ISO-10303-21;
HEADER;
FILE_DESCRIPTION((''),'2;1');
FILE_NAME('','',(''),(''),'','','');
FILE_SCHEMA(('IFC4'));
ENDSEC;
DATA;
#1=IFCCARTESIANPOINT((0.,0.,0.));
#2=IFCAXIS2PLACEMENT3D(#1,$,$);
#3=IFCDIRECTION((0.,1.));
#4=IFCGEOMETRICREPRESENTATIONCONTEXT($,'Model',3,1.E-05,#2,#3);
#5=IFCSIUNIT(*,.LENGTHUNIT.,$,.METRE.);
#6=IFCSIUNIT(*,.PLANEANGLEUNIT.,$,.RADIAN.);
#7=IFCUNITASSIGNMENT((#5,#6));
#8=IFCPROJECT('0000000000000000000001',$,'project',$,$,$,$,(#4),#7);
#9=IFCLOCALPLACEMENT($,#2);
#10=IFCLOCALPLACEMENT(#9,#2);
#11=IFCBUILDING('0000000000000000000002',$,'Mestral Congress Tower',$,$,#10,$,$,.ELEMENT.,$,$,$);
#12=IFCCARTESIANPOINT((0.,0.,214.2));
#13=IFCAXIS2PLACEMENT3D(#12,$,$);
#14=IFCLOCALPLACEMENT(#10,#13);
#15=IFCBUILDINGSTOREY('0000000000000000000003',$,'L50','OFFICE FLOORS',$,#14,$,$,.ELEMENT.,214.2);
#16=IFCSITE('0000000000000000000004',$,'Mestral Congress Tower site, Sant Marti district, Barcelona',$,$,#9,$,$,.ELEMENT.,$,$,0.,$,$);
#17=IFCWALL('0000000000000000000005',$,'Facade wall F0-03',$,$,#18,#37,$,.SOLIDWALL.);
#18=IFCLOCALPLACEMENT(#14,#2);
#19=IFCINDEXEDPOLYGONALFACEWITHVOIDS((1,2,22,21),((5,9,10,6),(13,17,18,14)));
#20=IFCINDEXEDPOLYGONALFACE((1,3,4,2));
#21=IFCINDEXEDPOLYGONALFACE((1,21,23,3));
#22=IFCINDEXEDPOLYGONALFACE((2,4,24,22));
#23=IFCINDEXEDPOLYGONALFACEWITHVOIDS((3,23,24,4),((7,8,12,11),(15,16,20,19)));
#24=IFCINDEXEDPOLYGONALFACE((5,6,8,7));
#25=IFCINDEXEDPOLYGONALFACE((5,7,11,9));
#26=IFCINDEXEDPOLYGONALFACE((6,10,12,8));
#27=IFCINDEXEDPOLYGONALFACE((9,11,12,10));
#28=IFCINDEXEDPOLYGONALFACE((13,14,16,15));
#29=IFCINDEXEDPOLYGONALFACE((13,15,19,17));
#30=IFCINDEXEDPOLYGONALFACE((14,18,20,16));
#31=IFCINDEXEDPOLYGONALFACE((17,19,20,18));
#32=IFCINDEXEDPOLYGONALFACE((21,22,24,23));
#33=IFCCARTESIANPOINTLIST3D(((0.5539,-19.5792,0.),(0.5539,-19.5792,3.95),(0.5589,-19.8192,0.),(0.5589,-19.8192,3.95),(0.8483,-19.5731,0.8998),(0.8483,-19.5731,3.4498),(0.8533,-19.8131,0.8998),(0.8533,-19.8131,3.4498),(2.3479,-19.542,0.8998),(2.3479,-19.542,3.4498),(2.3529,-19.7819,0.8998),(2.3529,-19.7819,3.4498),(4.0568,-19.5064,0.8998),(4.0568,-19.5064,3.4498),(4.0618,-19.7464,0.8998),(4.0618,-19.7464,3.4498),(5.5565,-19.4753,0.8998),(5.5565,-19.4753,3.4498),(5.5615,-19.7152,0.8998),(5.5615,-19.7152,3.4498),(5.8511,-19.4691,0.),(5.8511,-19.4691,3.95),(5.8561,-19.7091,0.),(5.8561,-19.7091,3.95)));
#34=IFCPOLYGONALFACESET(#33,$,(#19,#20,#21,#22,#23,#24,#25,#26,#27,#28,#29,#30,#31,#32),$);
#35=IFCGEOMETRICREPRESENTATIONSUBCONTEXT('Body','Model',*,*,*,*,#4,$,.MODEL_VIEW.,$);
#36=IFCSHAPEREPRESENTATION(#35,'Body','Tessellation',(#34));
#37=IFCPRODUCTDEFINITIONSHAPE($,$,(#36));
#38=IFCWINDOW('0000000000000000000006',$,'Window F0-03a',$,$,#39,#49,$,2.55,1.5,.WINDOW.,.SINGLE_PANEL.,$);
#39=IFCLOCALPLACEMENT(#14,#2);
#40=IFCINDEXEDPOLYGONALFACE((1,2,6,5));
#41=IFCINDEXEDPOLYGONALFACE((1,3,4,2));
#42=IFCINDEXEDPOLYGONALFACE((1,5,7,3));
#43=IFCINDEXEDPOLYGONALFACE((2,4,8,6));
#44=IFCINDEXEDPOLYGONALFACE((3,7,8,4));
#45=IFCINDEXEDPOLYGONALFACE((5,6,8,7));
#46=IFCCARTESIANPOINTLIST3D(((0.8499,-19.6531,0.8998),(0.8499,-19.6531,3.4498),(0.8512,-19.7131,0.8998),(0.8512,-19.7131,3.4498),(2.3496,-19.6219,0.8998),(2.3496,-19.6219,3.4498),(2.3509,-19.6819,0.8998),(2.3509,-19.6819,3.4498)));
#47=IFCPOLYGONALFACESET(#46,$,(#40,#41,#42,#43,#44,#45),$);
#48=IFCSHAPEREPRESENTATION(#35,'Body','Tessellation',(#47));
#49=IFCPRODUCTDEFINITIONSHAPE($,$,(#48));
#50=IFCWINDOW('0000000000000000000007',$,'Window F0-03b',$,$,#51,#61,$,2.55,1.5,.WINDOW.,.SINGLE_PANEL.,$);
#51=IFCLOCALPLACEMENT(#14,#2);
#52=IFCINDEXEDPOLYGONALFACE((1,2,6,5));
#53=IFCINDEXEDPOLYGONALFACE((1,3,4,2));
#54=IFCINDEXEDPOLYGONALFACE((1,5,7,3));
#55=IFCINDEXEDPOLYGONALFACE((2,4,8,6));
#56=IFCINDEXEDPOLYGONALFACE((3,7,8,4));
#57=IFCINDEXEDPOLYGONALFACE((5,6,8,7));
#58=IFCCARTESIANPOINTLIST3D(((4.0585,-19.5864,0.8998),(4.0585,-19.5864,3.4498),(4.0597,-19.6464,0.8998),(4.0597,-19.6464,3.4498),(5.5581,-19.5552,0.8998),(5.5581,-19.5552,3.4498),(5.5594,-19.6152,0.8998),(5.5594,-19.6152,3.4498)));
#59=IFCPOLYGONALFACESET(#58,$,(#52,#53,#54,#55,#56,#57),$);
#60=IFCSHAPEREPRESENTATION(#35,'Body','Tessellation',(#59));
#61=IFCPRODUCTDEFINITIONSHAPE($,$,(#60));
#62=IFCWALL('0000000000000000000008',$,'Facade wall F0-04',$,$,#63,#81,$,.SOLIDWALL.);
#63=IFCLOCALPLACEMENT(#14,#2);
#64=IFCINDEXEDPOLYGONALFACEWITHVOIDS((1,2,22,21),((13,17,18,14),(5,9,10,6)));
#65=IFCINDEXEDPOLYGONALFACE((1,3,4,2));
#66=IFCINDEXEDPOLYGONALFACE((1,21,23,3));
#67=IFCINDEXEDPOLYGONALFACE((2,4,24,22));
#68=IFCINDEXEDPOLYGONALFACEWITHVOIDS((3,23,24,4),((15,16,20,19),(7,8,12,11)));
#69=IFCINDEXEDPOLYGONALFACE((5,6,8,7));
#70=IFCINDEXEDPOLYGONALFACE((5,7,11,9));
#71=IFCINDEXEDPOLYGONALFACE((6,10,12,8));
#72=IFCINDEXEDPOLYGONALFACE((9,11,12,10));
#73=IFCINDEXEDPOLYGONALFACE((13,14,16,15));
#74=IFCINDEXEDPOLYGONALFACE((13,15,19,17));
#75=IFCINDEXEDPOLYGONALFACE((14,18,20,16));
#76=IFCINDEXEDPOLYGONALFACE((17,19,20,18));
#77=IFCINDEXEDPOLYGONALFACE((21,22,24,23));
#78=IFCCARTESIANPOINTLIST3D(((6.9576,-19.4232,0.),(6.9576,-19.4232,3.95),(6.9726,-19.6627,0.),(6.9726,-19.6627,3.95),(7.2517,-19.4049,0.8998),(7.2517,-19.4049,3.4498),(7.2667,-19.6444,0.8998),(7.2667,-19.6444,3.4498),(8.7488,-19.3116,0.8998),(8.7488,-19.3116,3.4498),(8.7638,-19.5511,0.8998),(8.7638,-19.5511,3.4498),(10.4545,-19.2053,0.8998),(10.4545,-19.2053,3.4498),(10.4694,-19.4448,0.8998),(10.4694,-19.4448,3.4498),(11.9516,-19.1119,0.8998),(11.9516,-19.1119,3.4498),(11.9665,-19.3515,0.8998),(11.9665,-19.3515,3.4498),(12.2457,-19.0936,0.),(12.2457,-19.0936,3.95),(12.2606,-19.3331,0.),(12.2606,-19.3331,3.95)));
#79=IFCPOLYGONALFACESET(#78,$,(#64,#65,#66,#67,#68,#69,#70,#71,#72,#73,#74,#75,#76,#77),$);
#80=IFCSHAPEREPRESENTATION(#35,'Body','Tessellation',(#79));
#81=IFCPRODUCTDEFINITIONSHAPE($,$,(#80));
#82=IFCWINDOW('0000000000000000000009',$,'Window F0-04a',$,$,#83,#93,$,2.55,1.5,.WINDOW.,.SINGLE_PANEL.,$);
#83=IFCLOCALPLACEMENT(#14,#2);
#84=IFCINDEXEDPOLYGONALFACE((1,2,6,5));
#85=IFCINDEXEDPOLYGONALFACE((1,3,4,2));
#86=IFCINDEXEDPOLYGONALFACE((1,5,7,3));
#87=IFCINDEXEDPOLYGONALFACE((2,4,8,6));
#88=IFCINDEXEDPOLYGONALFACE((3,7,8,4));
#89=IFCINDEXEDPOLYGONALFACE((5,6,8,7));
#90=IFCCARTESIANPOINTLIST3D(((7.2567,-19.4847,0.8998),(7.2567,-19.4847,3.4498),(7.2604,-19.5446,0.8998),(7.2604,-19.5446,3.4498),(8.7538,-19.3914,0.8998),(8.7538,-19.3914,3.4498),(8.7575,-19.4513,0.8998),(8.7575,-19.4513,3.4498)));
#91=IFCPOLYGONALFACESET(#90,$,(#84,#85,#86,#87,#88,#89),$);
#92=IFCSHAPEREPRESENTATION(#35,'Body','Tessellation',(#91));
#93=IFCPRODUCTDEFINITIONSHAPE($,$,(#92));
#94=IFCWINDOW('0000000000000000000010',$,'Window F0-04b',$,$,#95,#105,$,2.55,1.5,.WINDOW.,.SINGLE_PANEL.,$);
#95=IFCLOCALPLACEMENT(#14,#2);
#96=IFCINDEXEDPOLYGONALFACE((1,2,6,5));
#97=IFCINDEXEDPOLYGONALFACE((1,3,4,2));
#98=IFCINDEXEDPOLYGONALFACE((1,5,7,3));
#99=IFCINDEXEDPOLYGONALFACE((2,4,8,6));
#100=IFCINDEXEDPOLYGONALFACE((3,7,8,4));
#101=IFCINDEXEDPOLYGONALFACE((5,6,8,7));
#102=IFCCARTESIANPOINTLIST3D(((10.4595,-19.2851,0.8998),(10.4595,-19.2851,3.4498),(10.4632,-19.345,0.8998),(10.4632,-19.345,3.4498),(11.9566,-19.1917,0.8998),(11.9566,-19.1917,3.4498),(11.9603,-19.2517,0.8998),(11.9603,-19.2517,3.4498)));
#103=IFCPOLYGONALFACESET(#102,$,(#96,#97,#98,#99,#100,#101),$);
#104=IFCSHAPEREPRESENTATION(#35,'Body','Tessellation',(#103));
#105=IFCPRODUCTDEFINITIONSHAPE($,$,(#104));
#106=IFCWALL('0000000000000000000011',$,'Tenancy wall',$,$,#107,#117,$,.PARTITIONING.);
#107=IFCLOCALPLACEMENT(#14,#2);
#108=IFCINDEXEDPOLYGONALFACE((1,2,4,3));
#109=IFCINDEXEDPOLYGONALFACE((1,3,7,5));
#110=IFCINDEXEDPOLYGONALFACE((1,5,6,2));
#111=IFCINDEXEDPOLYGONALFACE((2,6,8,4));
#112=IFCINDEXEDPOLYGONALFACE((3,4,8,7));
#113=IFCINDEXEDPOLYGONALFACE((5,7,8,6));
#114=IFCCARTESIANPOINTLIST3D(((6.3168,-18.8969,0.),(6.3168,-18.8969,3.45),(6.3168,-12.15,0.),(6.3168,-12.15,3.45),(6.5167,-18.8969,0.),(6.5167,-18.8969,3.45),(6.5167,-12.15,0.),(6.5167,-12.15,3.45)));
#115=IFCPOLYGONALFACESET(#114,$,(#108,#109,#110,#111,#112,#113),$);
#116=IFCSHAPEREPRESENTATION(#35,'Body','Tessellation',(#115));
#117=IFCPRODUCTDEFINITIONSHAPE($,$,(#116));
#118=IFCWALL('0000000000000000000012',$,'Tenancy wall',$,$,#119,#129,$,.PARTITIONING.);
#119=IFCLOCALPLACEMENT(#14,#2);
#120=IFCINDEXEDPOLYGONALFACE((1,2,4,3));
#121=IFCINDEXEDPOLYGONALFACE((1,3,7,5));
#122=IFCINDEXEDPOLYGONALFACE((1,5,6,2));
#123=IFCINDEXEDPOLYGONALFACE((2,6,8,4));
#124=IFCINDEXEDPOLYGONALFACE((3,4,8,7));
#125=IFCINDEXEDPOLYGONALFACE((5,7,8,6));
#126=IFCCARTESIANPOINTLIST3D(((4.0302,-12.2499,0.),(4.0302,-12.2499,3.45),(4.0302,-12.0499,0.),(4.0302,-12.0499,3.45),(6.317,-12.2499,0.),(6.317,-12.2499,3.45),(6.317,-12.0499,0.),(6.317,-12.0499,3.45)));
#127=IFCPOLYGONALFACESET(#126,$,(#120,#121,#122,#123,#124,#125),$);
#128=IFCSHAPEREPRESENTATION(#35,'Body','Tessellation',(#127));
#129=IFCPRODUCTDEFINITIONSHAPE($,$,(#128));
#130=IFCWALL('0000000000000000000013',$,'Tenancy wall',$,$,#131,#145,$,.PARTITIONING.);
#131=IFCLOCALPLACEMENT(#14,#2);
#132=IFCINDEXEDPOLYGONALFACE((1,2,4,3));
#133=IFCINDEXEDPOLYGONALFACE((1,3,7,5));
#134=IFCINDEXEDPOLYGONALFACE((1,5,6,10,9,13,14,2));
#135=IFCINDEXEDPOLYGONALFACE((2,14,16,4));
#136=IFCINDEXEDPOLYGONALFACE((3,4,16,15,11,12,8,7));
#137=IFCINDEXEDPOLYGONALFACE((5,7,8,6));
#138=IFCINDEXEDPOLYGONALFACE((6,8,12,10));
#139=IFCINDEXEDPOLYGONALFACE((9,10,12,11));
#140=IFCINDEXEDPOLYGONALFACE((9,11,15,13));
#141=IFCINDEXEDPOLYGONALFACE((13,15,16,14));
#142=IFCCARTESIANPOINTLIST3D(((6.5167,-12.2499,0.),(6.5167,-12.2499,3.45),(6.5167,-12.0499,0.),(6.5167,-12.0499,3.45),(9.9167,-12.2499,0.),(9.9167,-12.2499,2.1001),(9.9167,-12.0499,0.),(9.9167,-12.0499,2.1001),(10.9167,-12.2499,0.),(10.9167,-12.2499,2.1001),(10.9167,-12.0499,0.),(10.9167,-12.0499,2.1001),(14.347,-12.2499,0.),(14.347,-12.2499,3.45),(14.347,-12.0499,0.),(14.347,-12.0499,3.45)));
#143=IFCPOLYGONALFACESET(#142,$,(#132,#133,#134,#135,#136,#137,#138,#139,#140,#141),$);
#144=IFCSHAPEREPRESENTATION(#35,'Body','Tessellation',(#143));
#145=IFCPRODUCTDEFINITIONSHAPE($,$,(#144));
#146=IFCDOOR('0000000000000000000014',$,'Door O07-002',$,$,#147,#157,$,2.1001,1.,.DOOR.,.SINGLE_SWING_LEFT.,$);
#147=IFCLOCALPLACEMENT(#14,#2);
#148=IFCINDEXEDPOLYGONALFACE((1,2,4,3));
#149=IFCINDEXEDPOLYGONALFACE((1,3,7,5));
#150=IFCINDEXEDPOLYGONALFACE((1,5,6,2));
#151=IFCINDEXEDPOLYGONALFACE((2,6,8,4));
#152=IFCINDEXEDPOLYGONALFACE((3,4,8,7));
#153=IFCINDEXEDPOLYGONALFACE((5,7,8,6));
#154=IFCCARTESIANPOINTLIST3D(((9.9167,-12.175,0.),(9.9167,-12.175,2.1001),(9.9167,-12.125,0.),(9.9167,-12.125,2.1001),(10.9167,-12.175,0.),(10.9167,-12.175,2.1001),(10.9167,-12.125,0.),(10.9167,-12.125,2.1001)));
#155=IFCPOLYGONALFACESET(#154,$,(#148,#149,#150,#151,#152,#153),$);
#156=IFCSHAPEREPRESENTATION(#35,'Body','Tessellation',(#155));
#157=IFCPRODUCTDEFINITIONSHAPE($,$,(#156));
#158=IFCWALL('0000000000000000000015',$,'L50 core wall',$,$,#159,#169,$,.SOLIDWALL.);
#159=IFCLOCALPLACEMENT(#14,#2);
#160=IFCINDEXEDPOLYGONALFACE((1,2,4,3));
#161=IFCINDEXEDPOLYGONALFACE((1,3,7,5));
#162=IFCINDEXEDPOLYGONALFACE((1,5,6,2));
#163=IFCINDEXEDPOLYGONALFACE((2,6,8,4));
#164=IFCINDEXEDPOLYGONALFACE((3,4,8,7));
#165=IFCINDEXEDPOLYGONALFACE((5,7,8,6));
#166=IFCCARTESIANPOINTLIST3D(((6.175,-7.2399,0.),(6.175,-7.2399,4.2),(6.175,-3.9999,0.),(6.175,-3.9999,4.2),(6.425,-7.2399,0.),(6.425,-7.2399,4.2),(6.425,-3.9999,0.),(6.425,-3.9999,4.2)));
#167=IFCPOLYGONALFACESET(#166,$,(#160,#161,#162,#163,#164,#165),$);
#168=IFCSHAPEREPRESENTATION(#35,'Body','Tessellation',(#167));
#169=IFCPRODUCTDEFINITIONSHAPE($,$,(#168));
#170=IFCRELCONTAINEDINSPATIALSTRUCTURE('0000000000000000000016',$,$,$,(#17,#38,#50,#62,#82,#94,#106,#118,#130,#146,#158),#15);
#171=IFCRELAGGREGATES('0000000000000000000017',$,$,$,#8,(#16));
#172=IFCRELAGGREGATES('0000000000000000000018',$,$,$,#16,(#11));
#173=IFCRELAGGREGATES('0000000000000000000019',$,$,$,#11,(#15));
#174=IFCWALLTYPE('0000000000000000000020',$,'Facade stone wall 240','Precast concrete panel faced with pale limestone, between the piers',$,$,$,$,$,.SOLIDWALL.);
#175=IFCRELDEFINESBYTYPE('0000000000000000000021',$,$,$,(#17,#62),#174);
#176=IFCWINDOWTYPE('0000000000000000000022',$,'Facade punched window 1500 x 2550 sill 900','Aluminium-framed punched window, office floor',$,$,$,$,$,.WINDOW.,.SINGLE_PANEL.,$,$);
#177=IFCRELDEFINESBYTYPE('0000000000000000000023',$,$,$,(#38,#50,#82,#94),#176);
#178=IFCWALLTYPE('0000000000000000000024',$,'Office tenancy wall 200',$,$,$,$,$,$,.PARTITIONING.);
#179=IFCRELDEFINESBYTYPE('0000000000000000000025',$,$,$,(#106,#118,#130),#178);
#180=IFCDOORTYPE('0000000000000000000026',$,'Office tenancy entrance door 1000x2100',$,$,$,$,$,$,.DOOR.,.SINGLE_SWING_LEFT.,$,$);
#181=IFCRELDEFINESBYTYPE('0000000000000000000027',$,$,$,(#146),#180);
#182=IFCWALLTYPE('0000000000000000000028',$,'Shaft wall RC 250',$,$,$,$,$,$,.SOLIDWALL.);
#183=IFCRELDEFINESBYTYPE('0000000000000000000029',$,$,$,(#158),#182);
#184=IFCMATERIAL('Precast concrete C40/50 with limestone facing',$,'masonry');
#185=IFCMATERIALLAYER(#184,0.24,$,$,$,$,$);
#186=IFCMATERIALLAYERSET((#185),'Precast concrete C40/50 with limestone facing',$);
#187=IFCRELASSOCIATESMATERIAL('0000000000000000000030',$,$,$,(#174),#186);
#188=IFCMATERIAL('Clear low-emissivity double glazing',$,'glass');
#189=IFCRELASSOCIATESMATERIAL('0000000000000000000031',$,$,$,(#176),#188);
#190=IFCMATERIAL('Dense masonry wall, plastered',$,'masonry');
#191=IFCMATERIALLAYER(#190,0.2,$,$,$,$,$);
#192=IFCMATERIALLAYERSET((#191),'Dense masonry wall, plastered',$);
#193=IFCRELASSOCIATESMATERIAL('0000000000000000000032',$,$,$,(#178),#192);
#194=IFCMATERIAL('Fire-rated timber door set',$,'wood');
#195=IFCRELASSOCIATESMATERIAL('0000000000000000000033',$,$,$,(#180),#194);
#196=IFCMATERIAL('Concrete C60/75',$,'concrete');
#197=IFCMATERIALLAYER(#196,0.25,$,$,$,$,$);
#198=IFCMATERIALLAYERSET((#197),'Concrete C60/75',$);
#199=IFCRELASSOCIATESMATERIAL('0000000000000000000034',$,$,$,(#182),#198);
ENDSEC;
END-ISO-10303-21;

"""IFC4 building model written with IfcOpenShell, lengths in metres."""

from ifc_helpers import new_model, si_unit, direction, frame, frame_2d, origin, place, context, subcontext, project, spatial, rectangle, extrude, material, layer, layer_set, type_object, element, fill, save


model = new_model("IFC4")

# Units and contexts
model_context = context("Model", 3, precision=1e-05, world=origin(), true_north=direction((0.0, 1.0)))
body_context = subcontext(model_context, "Body", "Model", "MODEL_VIEW")
ifc_project = project(units=[si_unit("LENGTHUNIT", "METRE"), si_unit("PLANEANGLEUNIT", "RADIAN")], contexts=[model_context])

# Site, building, storey
site_placement = place(None, origin())
site = spatial("IfcSite", under=ifc_project, at=site_placement, Name="Mestral Congress Tower site, Sant Marti district, Barcelona", CompositionType="ELEMENT", RefElevation=0.0)
building_placement = place(site_placement, origin())
building = spatial("IfcBuilding", under=site, at=building_placement, Name="Mestral Congress Tower", CompositionType="ELEMENT")
storey_placement = place(building_placement, frame((0.0, 0.0, 214.2)))
storey = spatial("IfcBuildingStorey", under=building, at=storey_placement, Name="L50", Description="OFFICE FLOORS", CompositionType="ELEMENT", Elevation=214.2)

# Shared definitions
ifc_material_1 = material(Name="Concrete C60/75", Category="concrete")

# Walls, openings, windows
ifc_material_2 = material(Name="Precast concrete C40/50 with limestone facing", Category="masonry")
ifc_layer_1 = layer(ifc_material_2, 0.24)
ifc_layer_set_1 = layer_set([ifc_layer_1], Name="Precast concrete C40/50 with limestone facing")
wall_type_1 = type_object("IfcWallType", Name="Facade stone wall 240", Description="Precast concrete panel faced with pale limestone, between the piers", PredefinedType="SOLIDWALL", material=ifc_layer_set_1)
wall_1_placement = place(storey_placement, frame((0.5564, -19.6992, 0.0), z_axis=(0.0, 0.0, 1.0), x_axis=(0.999784, 0.020782, 0.0)))
wall_1 = element("IfcWall", 1, at=wall_1_placement, inside=storey, type_object=wall_type_1, Name="Facade wall F0-03", PredefinedType="SOLIDWALL", context=body_context, shape_type="SweptSolid", body=[
    extrude(rectangle(XDim=5.2983, YDim=0.24, at=frame_2d((2.6492, 0.0))), origin(), (0.0, 0.0, 1.0), 3.95),
])
opening_1_placement = place(wall_1_placement, frame((0.2944, 0.0, 0.8999)))
opening_1 = element("IfcOpeningElement", 2, at=opening_1_placement, cuts=wall_1, PredefinedType="OPENING", context=body_context, shape_type="SweptSolid", body=[
    extrude(rectangle(XDim=1.5, YDim=2.55, at=frame_2d((0.75, 1.2749))), frame((0.0, 0.1299, 0.0), z_axis=(0.0, -1.0, 0.0), x_axis=(1.0, 0.0, 0.0)), (0.0, 0.0, 1.0), 0.26),
])
opening_2_placement = place(wall_1_placement, frame((3.5037, 0.0, 0.8999)))
opening_2 = element("IfcOpeningElement", 3, at=opening_2_placement, cuts=wall_1, PredefinedType="OPENING", context=body_context, shape_type="SweptSolid", body=[
    extrude(rectangle(XDim=1.5, YDim=2.55, at=frame_2d((0.75, 1.2749))), frame((0.0, 0.1299, 0.0), z_axis=(0.0, -1.0, 0.0), x_axis=(1.0, 0.0, 0.0)), (0.0, 0.0, 1.0), 0.26),
])
ifc_material_3 = material(Name="Clear low-emissivity double glazing", Category="glass")
window_type = type_object("IfcWindowType", Name="Facade punched window 1500 x 2550 sill 900", Description="Aluminium-framed punched window, office floor", PartitioningType="SINGLE_PANEL", PredefinedType="WINDOW", material=ifc_material_3)
window_1_placement = place(opening_1_placement, origin())
window_1 = element("IfcWindow", 4, at=window_1_placement, inside=storey, type_object=window_type, Name="Window F0-03a", OverallHeight=2.55, OverallWidth=1.5, PartitioningType="SINGLE_PANEL", PredefinedType="WINDOW", context=body_context, shape_type="SweptSolid", body=[
    extrude(rectangle(XDim=1.5, YDim=2.55, at=frame_2d((0.75, 1.2749))), frame((0.0, 0.04, 0.0), z_axis=(0.0, -1.0, 0.0), x_axis=(1.0, 0.0, 0.0)), (0.0, 0.0, 1.0), 0.0601),
])
fill(opening_1, window_1)
window_2_placement = place(opening_2_placement, origin())
window_2 = element("IfcWindow", 5, at=window_2_placement, inside=storey, type_object=window_type, Name="Window F0-03b", OverallHeight=2.55, OverallWidth=1.5, PartitioningType="SINGLE_PANEL", PredefinedType="WINDOW", context=body_context, shape_type="SweptSolid", body=[
    extrude(rectangle(XDim=1.5, YDim=2.55, at=frame_2d((0.75, 1.2749))), frame((0.0, 0.04, 0.0), z_axis=(0.0, -1.0, 0.0), x_axis=(1.0, 0.0, 0.0)), (0.0, 0.0, 1.0), 0.0601),
])
fill(opening_2, window_2)
wall_2_placement = place(storey_placement, frame((6.9651, -19.543, 0.0), z_axis=(0.0, 0.0, 1.0), x_axis=(0.998063, 0.062206, 0.0)))
wall_2 = element("IfcWall", 6, at=wall_2_placement, inside=storey, type_object=wall_type_1, Name="Facade wall F0-04", PredefinedType="SOLIDWALL", context=body_context, shape_type="SweptSolid", body=[
    extrude(rectangle(XDim=5.2983, YDim=0.24, at=frame_2d((2.6492, 0.0))), origin(), (0.0, 0.0, 1.0), 3.95),
])
opening_3_placement = place(wall_2_placement, frame((0.2947, 0.0, 0.8999)))
opening_3 = element("IfcOpeningElement", 7, at=opening_3_placement, cuts=wall_2, PredefinedType="OPENING", context=body_context, shape_type="SweptSolid", body=[
    extrude(rectangle(XDim=1.5, YDim=2.55, at=frame_2d((0.75, 1.2749))), frame((0.0, 0.1299, 0.0), z_axis=(0.0, -1.0, 0.0), x_axis=(1.0, 0.0, 0.0)), (0.0, 0.0, 1.0), 0.26),
])
opening_4_placement = place(wall_2_placement, frame((3.5037, 0.0, 0.8999)))
opening_4 = element("IfcOpeningElement", 8, at=opening_4_placement, cuts=wall_2, PredefinedType="OPENING", context=body_context, shape_type="SweptSolid", body=[
    extrude(rectangle(XDim=1.5, YDim=2.55, at=frame_2d((0.75, 1.2749))), frame((0.0, 0.1299, 0.0), z_axis=(0.0, -1.0, 0.0), x_axis=(1.0, 0.0, 0.0)), (0.0, 0.0, 1.0), 0.26),
])
window_3_placement = place(opening_3_placement, origin())
window_3 = element("IfcWindow", 9, at=window_3_placement, inside=storey, type_object=window_type, Name="Window F0-04a", OverallHeight=2.55, OverallWidth=1.5, PartitioningType="SINGLE_PANEL", PredefinedType="WINDOW", context=body_context, shape_type="SweptSolid", body=[
    extrude(rectangle(XDim=1.5, YDim=2.55, at=frame_2d((0.75, 1.2749))), frame((0.0, 0.04, 0.0), z_axis=(0.0, -1.0, 0.0), x_axis=(1.0, 0.0, 0.0)), (0.0, 0.0, 1.0), 0.0601),
])
fill(opening_3, window_3)
window_4_placement = place(opening_4_placement, origin())
window_4 = element("IfcWindow", 10, at=window_4_placement, inside=storey, type_object=window_type, Name="Window F0-04b", OverallHeight=2.55, OverallWidth=1.5, PartitioningType="SINGLE_PANEL", PredefinedType="WINDOW", context=body_context, shape_type="SweptSolid", body=[
    extrude(rectangle(XDim=1.5, YDim=2.55, at=frame_2d((0.75, 1.2749))), frame((0.0, 0.04, 0.0), z_axis=(0.0, -1.0, 0.0), x_axis=(1.0, 0.0, 0.0)), (0.0, 0.0, 1.0), 0.0601),
])
fill(opening_4, window_4)

# Walls
ifc_material_4 = material(Name="Dense masonry wall, plastered", Category="masonry")
ifc_layer_2 = layer(ifc_material_4, 0.2)
ifc_layer_set_2 = layer_set([ifc_layer_2], Name="Dense masonry wall, plastered")
wall_type_2 = type_object("IfcWallType", Name="Office tenancy wall 200", PredefinedType="PARTITIONING", material=ifc_layer_set_2)
wall_3_placement = place(storey_placement, frame((6.4167, -12.1499, 0.0), z_axis=(0.0, 0.0, 1.0), x_axis=(0.0, -1.0, 0.0)))
element("IfcWall", 11, at=wall_3_placement, inside=storey, type_object=wall_type_2, Name="Tenancy wall", PredefinedType="PARTITIONING", context=body_context, shape_type="SweptSolid", body=[
    extrude(rectangle(XDim=6.7468, YDim=0.2, at=frame_2d((3.3735, 0.0))), origin(), (0.0, 0.0, 1.0), 3.45),
])
wall_4_placement = place(storey_placement, frame((4.03, -12.1499, 0.0), z_axis=(0.0, 0.0, 1.0), x_axis=(1.0, 0.0, 0.0)))
element("IfcWall", 12, at=wall_4_placement, inside=storey, type_object=wall_type_2, Name="Tenancy wall", PredefinedType="PARTITIONING", context=body_context, shape_type="SweptSolid", body=[
    extrude(rectangle(XDim=2.2869, YDim=0.2, at=frame_2d((1.1436, 0.0))), origin(), (0.0, 0.0, 1.0), 3.45),
])

# Wall, opening, door
wall_5_placement = place(storey_placement, frame((6.5168, -12.1499, 0.0), z_axis=(0.0, 0.0, 1.0), x_axis=(1.0, 0.0, 0.0)))
wall_5 = element("IfcWall", 13, at=wall_5_placement, inside=storey, type_object=wall_type_2, Name="Tenancy wall", PredefinedType="PARTITIONING", context=body_context, shape_type="SweptSolid", body=[
    extrude(rectangle(XDim=7.8303, YDim=0.2, at=frame_2d((3.915, 0.0))), origin(), (0.0, 0.0, 1.0), 3.45),
])
opening_5_placement = place(wall_5_placement, frame((3.3999, 0.0, 0.0)))
opening_5 = element("IfcOpeningElement", 14, at=opening_5_placement, cuts=wall_5, PredefinedType="OPENING", context=body_context, shape_type="SweptSolid", body=[
    extrude(rectangle(XDim=1.0, YDim=2.1001, at=frame_2d((0.5, 1.05))), frame((0.0, 0.1099, 0.0), z_axis=(0.0, -1.0, 0.0), x_axis=(1.0, 0.0, 0.0)), (0.0, 0.0, 1.0), 0.22),
])
ifc_material_5 = material(Name="Fire-rated timber door set", Category="wood")
door_type_1 = type_object("IfcDoorType", Name="Office tenancy entrance door 1000x2100", OperationType="SINGLE_SWING_LEFT", PredefinedType="DOOR", material=ifc_material_5)
door_1_placement = place(opening_5_placement, origin())
door_1 = element("IfcDoor", 15, at=door_1_placement, inside=storey, type_object=door_type_1, Name="Door O07-002", OperationType="SINGLE_SWING_LEFT", OverallHeight=2.1001, OverallWidth=1.0, PredefinedType="DOOR", context=body_context, shape_type="SweptSolid", body=[
    extrude(rectangle(XDim=1.0, YDim=2.1001, at=frame_2d((0.5, 1.05))), frame((0.0, 0.0249, 0.0), z_axis=(0.0, -1.0, 0.0), x_axis=(1.0, 0.0, 0.0)), (0.0, 0.0, 1.0), 0.05),
])
fill(opening_5, door_1)

# Wall
ifc_layer_3 = layer(ifc_material_1, 0.25)
ifc_layer_set_3 = layer_set([ifc_layer_3], Name="Concrete C60/75")
wall_type_3 = type_object("IfcWallType", Name="Shaft wall RC 250", PredefinedType="SOLIDWALL", material=ifc_layer_set_3)
wall_6_placement = place(storey_placement, frame((6.3, -7.24, 0.0), z_axis=(0.0, 0.0, 1.0), x_axis=(0.0, 1.0, 0.0)))
element("IfcWall", 16, at=wall_6_placement, inside=storey, type_object=wall_type_3, Name="L50 core wall", PredefinedType="SOLIDWALL", context=body_context, shape_type="SweptSolid", body=[
    extrude(rectangle(XDim=3.24, YDim=0.25, at=frame_2d((1.6201, 0.0))), origin(), (0.0, 0.0, 1.0), 4.2),
])

save(model, "model.ifc")
